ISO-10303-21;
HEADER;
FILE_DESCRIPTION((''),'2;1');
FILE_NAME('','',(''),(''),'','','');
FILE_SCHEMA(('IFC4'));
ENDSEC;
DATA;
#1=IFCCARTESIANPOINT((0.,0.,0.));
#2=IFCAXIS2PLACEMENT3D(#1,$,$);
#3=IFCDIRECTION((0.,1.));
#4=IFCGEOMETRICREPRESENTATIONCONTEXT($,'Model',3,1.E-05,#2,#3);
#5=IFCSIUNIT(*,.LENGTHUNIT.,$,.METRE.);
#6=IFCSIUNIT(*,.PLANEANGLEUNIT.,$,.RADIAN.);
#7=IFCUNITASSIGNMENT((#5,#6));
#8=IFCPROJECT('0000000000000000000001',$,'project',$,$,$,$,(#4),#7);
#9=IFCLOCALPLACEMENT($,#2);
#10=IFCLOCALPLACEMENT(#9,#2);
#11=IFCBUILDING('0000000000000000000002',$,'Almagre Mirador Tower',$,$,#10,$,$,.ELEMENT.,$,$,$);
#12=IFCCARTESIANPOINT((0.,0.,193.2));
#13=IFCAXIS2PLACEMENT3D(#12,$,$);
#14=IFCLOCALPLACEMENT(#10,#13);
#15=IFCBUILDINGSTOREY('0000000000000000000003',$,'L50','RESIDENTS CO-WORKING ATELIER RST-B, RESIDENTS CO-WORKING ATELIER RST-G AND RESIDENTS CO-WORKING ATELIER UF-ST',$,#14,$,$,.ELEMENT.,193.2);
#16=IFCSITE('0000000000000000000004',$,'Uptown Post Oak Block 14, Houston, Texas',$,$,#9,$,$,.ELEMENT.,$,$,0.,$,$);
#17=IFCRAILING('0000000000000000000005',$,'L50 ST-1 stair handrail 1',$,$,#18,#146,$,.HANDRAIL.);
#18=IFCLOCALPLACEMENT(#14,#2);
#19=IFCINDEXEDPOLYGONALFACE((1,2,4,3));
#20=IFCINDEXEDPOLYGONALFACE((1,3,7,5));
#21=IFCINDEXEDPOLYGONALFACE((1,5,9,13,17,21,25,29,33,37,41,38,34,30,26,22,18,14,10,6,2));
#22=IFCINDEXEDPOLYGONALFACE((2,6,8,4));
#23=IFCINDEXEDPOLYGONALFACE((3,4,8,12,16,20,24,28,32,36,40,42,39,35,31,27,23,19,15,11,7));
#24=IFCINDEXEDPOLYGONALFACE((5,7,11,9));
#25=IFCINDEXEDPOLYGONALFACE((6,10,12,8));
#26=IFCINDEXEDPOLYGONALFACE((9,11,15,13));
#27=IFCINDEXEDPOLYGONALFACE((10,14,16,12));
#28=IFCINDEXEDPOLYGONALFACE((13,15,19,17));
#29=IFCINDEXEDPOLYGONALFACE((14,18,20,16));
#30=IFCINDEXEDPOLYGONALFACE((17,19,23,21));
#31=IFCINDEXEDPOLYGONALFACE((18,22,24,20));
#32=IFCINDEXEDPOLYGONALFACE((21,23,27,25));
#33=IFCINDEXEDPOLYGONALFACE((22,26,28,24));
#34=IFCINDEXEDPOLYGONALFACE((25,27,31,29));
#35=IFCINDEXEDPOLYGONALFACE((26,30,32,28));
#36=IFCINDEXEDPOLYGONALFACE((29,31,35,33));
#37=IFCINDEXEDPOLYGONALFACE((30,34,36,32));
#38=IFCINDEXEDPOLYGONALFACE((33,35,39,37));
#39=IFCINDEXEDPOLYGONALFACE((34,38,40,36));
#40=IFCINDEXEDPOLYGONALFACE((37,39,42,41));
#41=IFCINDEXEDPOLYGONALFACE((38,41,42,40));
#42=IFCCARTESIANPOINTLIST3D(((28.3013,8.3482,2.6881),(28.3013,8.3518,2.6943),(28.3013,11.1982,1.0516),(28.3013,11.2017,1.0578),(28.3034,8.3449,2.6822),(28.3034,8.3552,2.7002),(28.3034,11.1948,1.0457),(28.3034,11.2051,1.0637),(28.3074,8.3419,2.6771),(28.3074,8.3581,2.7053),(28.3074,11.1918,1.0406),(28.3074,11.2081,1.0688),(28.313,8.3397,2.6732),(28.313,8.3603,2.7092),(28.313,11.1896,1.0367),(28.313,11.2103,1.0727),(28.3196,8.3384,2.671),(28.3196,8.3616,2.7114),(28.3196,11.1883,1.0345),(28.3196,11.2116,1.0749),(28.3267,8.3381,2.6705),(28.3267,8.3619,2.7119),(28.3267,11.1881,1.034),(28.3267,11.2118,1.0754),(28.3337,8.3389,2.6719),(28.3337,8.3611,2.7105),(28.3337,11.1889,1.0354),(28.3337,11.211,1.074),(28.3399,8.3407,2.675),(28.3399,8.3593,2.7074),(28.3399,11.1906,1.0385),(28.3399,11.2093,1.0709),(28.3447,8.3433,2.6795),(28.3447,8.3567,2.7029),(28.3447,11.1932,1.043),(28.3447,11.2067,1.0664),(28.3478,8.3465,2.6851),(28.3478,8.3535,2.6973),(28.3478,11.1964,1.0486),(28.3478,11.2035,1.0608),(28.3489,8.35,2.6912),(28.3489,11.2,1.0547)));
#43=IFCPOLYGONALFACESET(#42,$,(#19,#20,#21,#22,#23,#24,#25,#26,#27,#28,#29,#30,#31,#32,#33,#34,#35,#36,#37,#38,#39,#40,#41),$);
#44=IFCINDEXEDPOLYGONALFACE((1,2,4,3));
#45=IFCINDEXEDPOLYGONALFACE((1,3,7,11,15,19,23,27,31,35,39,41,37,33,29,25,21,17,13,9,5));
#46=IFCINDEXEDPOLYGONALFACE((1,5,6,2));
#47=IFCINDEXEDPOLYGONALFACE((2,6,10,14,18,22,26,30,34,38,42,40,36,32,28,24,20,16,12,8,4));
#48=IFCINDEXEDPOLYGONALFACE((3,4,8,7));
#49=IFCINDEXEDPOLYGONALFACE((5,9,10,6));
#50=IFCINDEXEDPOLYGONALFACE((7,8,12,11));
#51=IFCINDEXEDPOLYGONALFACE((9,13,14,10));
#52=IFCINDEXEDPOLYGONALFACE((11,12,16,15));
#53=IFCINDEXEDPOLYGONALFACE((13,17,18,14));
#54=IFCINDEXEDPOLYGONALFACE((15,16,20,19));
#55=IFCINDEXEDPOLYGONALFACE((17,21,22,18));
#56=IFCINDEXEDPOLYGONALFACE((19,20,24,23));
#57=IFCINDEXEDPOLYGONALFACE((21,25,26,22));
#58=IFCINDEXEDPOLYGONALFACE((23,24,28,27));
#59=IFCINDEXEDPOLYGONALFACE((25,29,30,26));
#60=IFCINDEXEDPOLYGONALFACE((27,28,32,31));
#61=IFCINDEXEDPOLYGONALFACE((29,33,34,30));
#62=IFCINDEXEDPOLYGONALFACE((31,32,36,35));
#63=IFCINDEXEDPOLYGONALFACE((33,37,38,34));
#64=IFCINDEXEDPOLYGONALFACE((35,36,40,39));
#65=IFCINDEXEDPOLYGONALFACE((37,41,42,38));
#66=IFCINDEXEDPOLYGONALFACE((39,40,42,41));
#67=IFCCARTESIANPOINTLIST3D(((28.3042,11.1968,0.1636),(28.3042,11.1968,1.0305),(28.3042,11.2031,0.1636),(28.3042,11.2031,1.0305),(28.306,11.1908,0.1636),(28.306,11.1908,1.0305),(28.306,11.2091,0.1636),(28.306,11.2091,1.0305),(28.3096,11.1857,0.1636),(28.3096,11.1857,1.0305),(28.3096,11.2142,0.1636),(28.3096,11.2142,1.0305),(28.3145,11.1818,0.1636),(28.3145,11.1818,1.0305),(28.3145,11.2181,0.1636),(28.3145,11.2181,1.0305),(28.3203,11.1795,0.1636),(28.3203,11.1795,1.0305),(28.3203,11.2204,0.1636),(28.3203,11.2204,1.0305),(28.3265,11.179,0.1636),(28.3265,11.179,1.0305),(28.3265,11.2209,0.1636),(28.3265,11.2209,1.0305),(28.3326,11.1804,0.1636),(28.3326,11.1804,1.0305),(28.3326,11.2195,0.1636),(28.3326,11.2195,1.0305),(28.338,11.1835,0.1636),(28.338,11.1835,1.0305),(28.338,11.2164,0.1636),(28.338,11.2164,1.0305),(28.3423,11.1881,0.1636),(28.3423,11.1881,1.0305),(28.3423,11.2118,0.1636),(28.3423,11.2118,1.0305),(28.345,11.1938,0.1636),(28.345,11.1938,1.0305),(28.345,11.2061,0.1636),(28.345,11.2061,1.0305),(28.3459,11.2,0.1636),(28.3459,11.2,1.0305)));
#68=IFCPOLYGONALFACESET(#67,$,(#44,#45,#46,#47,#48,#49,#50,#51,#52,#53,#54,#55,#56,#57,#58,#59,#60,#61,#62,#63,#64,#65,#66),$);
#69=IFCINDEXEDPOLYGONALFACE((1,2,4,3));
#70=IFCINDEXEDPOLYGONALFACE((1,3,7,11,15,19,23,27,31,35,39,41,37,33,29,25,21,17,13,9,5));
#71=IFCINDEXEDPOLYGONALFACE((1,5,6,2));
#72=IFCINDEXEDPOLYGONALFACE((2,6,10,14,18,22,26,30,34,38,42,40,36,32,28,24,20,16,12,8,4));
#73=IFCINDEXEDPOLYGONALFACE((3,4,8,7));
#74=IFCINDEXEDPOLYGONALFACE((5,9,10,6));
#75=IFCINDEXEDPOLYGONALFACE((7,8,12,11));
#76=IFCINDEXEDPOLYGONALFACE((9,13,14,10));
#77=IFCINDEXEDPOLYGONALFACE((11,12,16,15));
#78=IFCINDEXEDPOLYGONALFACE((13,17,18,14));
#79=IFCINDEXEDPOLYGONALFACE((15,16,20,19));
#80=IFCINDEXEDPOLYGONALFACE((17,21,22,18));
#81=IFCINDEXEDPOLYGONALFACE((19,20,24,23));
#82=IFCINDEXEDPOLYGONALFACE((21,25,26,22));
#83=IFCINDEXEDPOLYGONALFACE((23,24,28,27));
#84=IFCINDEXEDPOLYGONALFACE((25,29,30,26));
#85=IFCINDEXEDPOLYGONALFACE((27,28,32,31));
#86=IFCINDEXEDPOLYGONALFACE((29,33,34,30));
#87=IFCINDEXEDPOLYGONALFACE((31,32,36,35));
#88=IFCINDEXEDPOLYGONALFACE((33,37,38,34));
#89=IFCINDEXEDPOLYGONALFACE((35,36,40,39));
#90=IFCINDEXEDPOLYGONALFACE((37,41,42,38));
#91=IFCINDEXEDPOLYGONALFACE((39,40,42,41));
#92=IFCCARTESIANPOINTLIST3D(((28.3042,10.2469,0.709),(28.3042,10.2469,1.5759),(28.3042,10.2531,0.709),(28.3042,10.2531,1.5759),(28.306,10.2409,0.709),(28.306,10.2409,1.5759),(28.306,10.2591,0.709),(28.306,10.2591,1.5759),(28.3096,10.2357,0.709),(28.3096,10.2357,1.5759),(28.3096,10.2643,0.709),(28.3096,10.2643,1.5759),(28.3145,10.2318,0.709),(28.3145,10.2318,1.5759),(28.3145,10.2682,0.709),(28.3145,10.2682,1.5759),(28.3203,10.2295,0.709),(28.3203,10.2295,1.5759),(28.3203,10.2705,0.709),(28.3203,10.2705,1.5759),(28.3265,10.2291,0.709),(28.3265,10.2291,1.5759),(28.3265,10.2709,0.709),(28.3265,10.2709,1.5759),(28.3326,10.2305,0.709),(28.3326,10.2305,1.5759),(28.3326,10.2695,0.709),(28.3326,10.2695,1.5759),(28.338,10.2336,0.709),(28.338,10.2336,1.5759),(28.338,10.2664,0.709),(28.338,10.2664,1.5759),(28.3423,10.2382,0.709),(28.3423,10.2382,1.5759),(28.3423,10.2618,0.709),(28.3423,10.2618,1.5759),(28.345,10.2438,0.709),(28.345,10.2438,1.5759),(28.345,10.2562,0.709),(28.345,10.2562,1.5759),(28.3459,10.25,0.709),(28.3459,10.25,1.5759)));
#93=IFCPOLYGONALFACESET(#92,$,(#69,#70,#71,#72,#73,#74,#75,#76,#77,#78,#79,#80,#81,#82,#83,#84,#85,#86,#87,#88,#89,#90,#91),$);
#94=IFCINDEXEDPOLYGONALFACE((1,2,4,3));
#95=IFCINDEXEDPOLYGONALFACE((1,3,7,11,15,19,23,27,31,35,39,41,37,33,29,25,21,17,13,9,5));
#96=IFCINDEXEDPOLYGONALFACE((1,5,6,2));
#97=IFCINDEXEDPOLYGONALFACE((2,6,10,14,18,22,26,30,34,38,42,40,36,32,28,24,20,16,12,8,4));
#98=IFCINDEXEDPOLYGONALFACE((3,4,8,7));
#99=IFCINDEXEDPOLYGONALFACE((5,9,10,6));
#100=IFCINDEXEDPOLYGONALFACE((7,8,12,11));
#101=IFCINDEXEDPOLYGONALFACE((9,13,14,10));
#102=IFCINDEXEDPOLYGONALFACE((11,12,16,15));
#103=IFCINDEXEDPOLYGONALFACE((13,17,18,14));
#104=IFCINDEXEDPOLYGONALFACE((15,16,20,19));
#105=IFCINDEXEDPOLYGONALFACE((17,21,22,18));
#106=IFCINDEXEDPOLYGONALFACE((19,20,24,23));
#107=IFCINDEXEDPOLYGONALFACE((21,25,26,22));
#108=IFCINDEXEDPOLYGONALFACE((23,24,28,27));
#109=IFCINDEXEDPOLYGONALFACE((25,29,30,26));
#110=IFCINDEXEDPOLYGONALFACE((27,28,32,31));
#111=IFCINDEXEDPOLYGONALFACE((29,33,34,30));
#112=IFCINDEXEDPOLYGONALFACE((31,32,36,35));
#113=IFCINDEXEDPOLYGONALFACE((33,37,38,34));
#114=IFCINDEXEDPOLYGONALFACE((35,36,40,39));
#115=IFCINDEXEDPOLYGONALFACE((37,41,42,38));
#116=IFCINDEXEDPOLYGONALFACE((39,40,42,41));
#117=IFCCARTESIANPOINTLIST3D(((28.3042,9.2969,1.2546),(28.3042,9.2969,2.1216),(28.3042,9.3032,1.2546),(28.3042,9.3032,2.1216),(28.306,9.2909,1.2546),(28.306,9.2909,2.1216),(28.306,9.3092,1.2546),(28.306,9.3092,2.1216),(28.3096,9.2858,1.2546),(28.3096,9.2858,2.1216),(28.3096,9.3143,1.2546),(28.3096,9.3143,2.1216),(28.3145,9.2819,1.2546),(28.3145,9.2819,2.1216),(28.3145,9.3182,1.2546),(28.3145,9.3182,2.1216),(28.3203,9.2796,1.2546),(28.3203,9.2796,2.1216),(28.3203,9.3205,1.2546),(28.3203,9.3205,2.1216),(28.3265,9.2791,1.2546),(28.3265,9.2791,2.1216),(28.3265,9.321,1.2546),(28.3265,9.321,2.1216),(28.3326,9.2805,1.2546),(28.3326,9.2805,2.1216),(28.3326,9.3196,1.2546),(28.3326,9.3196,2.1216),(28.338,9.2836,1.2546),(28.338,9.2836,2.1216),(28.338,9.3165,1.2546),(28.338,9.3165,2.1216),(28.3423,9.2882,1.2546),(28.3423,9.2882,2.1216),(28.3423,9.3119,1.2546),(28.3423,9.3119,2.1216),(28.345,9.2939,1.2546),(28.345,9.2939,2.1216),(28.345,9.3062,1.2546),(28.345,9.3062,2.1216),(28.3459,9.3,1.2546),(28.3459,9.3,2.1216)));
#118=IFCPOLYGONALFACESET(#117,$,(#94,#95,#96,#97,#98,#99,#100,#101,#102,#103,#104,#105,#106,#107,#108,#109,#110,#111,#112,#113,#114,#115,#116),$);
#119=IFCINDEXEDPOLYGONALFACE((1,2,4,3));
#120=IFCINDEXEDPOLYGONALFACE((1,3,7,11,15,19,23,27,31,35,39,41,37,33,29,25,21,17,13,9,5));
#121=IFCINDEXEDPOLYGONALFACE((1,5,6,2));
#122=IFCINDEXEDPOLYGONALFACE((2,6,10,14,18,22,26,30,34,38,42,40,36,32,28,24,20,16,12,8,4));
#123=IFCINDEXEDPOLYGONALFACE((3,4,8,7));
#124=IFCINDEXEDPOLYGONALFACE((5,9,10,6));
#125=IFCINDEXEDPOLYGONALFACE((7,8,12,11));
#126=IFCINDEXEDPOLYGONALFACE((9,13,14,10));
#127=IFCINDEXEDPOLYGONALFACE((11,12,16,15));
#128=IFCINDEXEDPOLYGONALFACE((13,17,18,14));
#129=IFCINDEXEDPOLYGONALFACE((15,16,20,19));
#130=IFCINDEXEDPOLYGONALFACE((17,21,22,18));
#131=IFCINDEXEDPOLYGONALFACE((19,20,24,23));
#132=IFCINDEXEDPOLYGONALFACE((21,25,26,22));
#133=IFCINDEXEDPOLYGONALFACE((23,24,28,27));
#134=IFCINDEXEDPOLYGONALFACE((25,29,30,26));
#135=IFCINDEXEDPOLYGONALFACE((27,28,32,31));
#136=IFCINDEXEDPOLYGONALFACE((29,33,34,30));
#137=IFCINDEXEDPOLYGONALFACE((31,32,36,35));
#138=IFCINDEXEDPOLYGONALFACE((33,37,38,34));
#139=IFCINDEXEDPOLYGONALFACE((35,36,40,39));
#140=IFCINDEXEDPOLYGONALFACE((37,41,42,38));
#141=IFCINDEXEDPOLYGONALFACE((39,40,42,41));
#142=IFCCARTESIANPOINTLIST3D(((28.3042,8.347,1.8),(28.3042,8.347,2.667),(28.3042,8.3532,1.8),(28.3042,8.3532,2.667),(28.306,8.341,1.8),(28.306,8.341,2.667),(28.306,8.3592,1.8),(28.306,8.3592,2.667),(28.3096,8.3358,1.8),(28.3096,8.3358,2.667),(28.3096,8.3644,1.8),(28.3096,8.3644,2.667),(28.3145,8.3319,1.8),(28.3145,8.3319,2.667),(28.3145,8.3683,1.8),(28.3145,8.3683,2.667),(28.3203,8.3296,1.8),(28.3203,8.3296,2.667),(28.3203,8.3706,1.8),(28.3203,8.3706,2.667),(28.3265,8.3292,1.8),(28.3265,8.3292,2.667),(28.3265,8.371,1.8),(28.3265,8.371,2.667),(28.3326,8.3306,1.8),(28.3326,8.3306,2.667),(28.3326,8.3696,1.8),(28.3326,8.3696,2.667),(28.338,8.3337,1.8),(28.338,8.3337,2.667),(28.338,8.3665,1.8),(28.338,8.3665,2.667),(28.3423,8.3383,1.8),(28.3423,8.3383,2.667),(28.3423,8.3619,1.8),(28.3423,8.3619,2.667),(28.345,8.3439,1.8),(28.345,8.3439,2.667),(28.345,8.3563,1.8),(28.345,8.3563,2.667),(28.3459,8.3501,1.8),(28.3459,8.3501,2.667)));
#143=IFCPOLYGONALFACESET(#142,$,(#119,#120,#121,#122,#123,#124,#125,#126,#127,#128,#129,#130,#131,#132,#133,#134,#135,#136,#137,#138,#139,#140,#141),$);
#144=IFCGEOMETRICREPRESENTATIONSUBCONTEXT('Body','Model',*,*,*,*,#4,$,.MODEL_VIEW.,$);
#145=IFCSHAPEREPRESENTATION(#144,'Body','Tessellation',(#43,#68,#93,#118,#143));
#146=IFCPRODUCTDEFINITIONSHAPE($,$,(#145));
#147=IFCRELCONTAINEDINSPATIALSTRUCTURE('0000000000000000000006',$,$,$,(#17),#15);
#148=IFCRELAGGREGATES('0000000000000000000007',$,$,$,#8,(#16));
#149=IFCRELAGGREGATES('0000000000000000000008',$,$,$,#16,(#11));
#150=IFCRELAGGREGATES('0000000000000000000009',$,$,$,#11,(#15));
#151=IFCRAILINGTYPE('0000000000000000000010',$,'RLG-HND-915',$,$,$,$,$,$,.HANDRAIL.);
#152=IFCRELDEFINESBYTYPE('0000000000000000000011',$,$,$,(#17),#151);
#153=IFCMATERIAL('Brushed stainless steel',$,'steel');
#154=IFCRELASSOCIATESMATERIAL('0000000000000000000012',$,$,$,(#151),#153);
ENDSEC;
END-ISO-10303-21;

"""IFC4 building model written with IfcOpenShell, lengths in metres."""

from ifc_helpers import new_model, si_unit, direction, frame, origin, origin_2d, place, context, subcontext, project, spatial, circle, extrude, material, type_object, element, save


model = new_model("IFC4")

# Units and contexts
model_context = context("Model", 3, precision=1e-05, world=origin(), true_north=direction((0.0, 1.0)))
body_context = subcontext(model_context, "Body", "Model", "MODEL_VIEW")
ifc_project = project(units=[si_unit("LENGTHUNIT", "METRE"), si_unit("PLANEANGLEUNIT", "RADIAN")], contexts=[model_context])

# Site, building, storey
site_placement = place(None, origin())
site = spatial("IfcSite", under=ifc_project, at=site_placement, Name="Uptown Post Oak Block 14, Houston, Texas", CompositionType="ELEMENT", RefElevation=0.0)
building_placement = place(site_placement, origin())
building = spatial("IfcBuilding", under=site, at=building_placement, Name="Almagre Mirador Tower", CompositionType="ELEMENT")
storey_placement = place(building_placement, frame((0.0, 0.0, 193.2)))
storey = spatial("IfcBuildingStorey", under=building, at=storey_placement, Name="L50", Description="RESIDENTS CO-WORKING ATELIER RST-B, RESIDENTS CO-WORKING ATELIER RST-G AND RESIDENTS CO-WORKING ATELIER UF-ST", CompositionType="ELEMENT", Elevation=193.2)

# Railing
ifc_material_1 = material(Name="Brushed stainless steel", Category="steel")
railing_type_1 = type_object("IfcRailingType", Name="RLG-HND-915", PredefinedType="HANDRAIL", material=ifc_material_1)
railing_1_placement = place(storey_placement, frame((28.325, 11.2, 0.1636)))
element("IfcRailing", 1, at=railing_1_placement, inside=storey, type_object=railing_type_1, Name="L50 ST-1 stair handrail 1", PredefinedType="HANDRAIL", context=body_context, shape_type="SweptSolid", body=[
    extrude(circle(Radius=0.0239, at=origin_2d()), frame((0.0, 0.0, 0.8911), z_axis=(0.0, -0.867194, 0.49797), x_axis=(1.0, 0.0, 0.0)), (0.0, 0.0, 1.0), 3.2864),
    extrude(circle(Radius=0.021, at=origin_2d()), origin(), (0.0, 0.0, 1.0), 0.8669),
    extrude(circle(Radius=0.021, at=origin_2d()), frame((0.0, -0.95, 0.5454)), (0.0, 0.0, 1.0), 0.8669),
    extrude(circle(Radius=0.021, at=origin_2d()), frame((0.0, -1.8999, 1.0911)), (0.0, 0.0, 1.0), 0.8669),
    extrude(circle(Radius=0.021, at=origin_2d()), frame((0.0, -2.8499, 1.6365)), (0.0, 0.0, 1.0), 0.8669),
])

save(model, "model.ifc")
